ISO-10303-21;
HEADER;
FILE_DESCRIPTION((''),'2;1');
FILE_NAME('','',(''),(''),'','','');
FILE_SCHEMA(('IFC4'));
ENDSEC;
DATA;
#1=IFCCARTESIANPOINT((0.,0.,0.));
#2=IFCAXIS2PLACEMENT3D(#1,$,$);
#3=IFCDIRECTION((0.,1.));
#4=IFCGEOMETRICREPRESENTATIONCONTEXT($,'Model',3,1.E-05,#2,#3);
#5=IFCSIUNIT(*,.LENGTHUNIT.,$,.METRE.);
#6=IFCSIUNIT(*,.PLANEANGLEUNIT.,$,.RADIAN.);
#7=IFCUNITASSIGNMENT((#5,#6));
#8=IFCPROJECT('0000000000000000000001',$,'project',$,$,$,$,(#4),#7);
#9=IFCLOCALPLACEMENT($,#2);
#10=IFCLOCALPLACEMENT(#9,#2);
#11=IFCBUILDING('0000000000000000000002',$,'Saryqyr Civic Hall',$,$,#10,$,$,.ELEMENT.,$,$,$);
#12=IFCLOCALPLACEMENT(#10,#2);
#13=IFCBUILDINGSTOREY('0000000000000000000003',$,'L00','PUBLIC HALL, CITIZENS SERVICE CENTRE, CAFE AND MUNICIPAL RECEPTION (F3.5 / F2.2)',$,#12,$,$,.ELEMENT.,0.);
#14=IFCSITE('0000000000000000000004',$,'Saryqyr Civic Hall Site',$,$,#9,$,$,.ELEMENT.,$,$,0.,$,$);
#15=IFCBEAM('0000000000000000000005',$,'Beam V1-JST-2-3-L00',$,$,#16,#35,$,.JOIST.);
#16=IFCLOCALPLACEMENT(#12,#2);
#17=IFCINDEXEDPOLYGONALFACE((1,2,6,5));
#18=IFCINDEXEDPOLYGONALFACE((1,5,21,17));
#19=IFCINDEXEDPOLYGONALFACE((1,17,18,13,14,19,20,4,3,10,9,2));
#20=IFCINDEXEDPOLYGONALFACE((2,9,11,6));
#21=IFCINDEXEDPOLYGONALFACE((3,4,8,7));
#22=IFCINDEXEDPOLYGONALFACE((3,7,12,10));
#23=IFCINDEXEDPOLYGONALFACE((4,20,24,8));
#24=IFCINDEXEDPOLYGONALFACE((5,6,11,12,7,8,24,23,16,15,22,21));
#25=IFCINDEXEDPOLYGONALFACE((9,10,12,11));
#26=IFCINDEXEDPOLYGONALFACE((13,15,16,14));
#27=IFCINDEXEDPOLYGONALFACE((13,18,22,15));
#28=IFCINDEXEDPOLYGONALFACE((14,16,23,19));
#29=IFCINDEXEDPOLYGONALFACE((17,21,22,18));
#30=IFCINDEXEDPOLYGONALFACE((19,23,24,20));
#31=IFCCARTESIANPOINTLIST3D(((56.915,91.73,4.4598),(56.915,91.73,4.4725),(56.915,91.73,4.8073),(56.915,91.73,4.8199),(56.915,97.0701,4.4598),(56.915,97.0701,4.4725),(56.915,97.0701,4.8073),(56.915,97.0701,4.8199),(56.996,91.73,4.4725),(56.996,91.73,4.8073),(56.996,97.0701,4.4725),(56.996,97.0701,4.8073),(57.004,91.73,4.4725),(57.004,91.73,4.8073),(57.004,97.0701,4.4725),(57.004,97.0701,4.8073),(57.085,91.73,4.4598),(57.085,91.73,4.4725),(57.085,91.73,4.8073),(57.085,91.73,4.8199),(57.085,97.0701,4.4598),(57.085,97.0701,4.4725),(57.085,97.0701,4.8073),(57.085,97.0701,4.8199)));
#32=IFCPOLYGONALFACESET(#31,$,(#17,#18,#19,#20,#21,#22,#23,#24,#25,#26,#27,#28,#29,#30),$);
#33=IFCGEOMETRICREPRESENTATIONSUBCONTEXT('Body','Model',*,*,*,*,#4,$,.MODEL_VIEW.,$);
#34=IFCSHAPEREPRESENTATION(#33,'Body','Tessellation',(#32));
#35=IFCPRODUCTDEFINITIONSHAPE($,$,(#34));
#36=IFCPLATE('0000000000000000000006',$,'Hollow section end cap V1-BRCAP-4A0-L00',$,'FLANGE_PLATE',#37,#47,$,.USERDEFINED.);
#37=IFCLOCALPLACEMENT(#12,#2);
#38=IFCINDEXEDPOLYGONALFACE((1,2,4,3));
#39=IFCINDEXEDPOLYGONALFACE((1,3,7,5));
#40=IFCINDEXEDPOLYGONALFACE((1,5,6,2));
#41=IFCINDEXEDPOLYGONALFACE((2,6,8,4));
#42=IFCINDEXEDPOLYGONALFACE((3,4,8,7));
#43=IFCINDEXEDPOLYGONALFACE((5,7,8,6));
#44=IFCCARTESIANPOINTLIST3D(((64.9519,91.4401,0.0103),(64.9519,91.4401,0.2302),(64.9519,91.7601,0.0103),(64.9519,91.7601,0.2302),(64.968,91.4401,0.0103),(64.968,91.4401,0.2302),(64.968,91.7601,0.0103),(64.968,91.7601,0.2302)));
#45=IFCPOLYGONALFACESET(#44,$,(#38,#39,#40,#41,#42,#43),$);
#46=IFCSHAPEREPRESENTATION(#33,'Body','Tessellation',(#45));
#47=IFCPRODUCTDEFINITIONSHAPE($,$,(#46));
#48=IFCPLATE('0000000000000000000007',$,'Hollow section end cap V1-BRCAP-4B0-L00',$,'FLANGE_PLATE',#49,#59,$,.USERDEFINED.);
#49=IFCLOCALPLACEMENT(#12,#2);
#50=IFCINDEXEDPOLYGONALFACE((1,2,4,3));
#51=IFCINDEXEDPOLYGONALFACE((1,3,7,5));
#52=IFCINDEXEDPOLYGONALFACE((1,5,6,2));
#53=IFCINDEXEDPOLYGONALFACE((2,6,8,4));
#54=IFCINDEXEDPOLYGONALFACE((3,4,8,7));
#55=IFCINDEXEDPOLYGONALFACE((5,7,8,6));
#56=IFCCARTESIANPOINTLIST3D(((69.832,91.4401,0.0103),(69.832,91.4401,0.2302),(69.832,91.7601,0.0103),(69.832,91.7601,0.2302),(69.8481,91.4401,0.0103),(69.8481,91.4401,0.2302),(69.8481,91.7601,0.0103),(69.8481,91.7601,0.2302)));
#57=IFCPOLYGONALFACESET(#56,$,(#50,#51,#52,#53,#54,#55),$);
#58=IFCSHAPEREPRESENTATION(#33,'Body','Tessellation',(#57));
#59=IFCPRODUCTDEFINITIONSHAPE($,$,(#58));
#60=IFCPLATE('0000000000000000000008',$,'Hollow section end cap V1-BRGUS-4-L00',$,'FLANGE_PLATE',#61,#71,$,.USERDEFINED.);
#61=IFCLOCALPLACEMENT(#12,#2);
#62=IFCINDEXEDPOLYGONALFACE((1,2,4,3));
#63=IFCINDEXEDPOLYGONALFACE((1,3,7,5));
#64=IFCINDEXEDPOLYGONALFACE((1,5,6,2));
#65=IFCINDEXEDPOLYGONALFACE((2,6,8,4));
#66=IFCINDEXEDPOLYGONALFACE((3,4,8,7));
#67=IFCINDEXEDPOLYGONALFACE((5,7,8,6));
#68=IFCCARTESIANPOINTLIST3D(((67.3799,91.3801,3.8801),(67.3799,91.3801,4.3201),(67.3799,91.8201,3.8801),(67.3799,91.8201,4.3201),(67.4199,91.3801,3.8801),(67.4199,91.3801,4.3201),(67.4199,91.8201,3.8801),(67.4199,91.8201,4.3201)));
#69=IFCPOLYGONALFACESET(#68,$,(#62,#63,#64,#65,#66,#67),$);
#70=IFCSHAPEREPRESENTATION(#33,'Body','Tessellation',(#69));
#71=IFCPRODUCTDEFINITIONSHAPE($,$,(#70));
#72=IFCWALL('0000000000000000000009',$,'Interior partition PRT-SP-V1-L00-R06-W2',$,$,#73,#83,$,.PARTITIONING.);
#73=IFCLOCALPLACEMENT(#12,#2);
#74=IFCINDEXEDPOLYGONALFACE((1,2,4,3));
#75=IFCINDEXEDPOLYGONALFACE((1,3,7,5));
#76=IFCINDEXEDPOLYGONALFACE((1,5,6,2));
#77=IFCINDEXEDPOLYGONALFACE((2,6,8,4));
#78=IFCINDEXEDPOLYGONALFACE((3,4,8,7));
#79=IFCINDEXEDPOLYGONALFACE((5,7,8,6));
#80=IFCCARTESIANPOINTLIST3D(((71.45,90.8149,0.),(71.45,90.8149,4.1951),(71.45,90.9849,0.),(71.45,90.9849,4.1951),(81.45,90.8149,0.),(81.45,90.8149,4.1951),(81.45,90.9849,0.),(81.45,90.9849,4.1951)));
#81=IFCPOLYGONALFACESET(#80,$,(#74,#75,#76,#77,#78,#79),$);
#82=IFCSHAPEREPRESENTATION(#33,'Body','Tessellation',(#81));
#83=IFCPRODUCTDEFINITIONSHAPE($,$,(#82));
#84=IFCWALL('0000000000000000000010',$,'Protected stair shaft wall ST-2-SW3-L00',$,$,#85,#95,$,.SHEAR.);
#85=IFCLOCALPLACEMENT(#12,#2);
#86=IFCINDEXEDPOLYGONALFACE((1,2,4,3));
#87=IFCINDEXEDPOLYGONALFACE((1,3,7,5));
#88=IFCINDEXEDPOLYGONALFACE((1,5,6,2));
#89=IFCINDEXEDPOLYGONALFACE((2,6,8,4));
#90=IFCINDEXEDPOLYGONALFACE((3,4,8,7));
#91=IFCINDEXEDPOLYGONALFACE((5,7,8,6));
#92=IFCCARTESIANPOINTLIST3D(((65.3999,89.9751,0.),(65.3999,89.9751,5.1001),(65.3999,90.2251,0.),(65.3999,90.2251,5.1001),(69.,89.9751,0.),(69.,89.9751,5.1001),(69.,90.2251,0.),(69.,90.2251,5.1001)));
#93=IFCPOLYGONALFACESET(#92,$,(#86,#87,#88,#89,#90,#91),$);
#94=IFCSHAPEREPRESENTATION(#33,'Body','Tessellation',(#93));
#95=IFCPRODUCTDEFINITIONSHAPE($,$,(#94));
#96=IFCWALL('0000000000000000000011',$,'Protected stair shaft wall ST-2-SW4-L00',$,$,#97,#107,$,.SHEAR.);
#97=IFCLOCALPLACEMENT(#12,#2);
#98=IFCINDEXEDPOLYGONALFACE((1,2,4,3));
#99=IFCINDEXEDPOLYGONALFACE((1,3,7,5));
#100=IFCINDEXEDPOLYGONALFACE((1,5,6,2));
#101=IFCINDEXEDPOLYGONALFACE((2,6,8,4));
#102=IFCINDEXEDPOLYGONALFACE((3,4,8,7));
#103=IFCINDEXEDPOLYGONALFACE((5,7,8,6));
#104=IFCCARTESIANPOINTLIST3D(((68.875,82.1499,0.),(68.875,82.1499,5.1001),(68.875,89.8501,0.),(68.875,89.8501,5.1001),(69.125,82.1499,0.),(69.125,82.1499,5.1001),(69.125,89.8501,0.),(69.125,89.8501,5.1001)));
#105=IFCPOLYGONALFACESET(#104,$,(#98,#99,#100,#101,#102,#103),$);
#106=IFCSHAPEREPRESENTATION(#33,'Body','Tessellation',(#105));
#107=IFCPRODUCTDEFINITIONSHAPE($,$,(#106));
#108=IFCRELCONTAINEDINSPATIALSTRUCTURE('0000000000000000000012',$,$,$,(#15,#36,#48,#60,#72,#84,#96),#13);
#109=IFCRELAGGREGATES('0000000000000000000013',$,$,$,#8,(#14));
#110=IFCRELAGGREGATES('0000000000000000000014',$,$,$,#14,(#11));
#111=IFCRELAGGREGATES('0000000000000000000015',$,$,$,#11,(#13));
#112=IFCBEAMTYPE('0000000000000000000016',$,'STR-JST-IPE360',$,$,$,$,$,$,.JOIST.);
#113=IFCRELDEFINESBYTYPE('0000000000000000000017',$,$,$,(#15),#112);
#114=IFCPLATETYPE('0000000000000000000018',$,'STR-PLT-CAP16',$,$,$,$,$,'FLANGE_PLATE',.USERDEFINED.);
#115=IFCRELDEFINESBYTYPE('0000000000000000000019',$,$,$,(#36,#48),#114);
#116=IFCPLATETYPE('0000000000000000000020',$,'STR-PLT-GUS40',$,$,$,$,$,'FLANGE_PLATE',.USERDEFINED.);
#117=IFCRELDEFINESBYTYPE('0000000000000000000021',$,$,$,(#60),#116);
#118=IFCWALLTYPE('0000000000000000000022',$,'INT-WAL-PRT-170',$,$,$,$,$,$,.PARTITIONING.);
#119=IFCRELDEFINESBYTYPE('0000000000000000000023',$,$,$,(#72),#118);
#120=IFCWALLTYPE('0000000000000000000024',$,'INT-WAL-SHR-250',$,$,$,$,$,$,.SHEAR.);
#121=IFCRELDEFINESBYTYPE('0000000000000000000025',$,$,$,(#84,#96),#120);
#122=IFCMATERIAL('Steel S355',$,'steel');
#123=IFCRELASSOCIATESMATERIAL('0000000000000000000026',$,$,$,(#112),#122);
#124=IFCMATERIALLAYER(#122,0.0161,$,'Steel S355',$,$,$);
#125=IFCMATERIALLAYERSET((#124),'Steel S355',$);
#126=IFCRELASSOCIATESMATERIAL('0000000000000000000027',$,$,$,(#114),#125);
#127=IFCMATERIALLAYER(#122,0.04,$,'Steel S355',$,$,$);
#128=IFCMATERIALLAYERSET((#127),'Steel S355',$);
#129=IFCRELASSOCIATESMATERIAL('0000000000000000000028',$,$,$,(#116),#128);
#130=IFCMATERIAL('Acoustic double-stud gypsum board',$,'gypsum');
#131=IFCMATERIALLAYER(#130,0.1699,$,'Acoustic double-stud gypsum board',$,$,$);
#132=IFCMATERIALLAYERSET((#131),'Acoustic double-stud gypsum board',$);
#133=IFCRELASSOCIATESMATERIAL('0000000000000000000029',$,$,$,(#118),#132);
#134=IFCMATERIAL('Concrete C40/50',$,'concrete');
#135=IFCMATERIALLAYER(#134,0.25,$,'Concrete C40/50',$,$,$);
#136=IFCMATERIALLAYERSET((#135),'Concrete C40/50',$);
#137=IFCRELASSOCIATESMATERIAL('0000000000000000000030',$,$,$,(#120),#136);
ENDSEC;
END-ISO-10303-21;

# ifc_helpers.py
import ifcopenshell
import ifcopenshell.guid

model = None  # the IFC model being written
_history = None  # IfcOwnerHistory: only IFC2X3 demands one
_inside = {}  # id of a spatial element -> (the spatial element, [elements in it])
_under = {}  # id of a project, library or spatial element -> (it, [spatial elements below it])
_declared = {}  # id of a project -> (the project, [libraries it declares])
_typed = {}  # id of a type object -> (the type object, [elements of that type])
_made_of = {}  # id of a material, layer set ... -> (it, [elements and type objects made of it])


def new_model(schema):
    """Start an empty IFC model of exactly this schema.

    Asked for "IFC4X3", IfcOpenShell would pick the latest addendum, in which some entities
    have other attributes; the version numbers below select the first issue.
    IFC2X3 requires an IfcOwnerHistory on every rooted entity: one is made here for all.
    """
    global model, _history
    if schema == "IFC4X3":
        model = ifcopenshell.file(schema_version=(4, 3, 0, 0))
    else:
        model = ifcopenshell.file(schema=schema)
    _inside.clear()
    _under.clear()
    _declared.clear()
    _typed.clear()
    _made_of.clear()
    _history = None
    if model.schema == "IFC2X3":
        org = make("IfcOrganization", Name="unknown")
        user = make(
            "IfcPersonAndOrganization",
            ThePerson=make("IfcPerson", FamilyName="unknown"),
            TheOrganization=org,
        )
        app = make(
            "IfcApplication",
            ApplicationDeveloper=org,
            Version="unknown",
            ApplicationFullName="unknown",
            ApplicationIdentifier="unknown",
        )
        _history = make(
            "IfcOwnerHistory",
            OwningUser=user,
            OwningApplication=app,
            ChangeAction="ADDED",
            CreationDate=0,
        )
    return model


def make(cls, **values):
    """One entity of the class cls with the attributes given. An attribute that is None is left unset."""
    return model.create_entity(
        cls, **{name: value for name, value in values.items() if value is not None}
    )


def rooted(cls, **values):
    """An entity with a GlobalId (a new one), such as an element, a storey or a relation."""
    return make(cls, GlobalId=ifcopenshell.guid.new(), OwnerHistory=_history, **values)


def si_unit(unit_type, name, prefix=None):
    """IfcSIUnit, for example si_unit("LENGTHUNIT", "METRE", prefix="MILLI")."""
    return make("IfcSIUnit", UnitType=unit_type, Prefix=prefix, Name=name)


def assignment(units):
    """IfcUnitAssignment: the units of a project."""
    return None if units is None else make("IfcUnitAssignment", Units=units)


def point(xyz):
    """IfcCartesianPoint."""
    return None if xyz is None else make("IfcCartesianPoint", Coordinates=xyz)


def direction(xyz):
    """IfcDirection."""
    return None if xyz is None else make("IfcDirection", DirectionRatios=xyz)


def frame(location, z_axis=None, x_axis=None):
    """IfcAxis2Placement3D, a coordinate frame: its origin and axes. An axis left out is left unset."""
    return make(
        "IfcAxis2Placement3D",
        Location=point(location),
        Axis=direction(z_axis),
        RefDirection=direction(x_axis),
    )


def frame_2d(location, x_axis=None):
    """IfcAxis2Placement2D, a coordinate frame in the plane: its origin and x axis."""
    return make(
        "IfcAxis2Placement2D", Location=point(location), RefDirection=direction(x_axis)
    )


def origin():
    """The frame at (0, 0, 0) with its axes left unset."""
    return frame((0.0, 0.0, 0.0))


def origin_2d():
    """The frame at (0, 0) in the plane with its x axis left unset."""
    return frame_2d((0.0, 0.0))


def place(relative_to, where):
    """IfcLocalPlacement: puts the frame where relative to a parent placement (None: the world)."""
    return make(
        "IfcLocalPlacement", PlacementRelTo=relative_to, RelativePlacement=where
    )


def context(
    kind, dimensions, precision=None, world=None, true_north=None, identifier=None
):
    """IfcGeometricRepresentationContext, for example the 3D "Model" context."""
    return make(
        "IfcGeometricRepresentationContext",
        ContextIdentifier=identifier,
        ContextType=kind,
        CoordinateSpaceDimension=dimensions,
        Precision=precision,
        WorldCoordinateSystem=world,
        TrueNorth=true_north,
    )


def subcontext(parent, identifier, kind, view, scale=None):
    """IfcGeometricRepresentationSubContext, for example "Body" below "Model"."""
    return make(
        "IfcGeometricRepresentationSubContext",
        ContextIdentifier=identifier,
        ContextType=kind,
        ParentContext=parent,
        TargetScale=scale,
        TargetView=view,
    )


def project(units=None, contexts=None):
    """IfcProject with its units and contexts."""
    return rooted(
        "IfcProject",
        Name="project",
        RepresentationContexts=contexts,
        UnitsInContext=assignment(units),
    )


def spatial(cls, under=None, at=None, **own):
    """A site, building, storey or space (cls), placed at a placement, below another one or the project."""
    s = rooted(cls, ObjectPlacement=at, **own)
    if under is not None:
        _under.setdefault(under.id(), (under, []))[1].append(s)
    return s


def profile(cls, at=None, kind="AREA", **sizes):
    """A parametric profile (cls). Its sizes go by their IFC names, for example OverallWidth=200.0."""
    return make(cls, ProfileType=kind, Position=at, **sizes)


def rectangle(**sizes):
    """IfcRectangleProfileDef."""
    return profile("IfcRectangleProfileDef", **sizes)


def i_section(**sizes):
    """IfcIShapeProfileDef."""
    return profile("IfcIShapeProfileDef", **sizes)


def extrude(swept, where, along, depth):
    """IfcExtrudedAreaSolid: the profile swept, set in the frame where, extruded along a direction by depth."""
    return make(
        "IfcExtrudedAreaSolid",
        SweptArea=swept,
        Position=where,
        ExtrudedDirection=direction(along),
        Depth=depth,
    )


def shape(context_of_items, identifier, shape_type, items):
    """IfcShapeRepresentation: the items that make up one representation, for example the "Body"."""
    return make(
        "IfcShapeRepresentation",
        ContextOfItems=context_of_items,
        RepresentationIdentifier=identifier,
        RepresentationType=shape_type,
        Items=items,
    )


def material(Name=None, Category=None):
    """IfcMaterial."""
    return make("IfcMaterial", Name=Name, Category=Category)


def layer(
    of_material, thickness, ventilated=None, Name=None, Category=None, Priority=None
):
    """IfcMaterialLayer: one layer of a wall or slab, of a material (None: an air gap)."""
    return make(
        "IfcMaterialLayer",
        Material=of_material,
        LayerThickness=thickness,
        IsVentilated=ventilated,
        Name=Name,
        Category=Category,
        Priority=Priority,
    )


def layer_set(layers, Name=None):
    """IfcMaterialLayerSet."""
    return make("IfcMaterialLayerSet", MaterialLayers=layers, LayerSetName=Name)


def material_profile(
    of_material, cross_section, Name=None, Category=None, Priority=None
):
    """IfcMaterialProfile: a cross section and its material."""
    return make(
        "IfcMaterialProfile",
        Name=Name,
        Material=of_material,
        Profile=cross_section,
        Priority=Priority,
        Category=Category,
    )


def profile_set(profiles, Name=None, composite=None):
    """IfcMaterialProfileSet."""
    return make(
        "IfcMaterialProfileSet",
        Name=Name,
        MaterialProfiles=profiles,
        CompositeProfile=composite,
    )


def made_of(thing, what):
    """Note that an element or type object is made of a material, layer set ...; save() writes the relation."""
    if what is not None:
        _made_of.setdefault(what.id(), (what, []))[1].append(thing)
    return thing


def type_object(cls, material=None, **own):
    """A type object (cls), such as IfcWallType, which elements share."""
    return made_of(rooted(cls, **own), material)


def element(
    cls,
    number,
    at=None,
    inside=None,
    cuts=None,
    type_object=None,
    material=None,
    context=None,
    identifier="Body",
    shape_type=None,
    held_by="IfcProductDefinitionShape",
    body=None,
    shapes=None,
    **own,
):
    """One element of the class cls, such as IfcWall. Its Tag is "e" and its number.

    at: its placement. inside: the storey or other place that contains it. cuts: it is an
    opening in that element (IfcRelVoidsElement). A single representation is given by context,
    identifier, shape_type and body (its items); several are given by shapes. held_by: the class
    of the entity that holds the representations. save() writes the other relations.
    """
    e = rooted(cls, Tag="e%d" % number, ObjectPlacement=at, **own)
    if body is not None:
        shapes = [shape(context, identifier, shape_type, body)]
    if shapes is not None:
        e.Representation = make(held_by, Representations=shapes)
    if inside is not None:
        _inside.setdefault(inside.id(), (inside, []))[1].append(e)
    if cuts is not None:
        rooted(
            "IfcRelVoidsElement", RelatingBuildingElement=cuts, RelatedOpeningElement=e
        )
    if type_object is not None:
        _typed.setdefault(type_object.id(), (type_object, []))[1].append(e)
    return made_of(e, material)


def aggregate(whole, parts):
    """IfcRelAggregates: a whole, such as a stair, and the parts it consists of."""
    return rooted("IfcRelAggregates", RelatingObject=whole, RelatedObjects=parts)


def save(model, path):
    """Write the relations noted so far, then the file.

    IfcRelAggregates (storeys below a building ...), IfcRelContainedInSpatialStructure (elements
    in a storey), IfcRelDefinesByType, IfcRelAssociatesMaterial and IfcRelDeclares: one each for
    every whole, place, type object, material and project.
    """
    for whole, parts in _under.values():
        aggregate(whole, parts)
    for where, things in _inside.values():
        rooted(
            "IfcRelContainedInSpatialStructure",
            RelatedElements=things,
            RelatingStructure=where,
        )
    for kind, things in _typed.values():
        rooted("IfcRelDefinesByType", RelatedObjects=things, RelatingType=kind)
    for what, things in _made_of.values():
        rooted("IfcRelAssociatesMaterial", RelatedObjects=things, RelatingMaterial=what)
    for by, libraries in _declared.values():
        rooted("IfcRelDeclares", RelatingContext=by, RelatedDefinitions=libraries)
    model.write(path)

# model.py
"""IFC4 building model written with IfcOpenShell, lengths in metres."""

from ifc_helpers import new_model, si_unit, direction, frame, frame_2d, origin, origin_2d, place, context, subcontext, project, spatial, rectangle, i_section, extrude, material, layer, layer_set, material_profile, profile_set, type_object, element, save


model = new_model("IFC4")

# Units and contexts
model_context = context("Model", 3, precision=1e-05, world=origin(), true_north=direction((0.0, 1.0)))
body_context = subcontext(model_context, "Body", "Model", "MODEL_VIEW")
ifc_project = project(units=[si_unit("LENGTHUNIT", "METRE"), si_unit("PLANEANGLEUNIT", "RADIAN")], contexts=[model_context])

# Site, building, storey
site_placement = place(None, origin())
site = spatial("IfcSite", under=ifc_project, at=site_placement, Name="Saryqyr Civic Hall Site", CompositionType="ELEMENT", RefElevation=0.0)
building_placement = place(site_placement, origin())
building = spatial("IfcBuilding", under=site, at=building_placement, Name="Saryqyr Civic Hall", CompositionType="ELEMENT")
storey_placement = place(building_placement, origin())
storey = spatial("IfcBuildingStorey", under=building, at=storey_placement, Name="L00", Description="PUBLIC HALL, CITIZENS SERVICE CENTRE, CAFE AND MUNICIPAL RECEPTION (F3.5 / F2.2)", CompositionType="ELEMENT", Elevation=0.0)

# Shared definitions
ifc_material_1 = material(Name="Concrete C40/50", Category="concrete")

# Shared definitions
ifc_material_2 = material(Name="Steel S355", Category="steel")

# Beam
ifc_material_profile_1 = material_profile(ifc_material_2, i_section(OverallWidth=0.1699, OverallDepth=0.3601, WebThickness=0.0081, FlangeThickness=0.0127, at=origin_2d()), Name="IPE 360")
ifc_profile_set_1 = profile_set([ifc_material_profile_1], Name="Steel S355")
beam_type_1 = type_object("IfcBeamType", Name="STR-JST-IPE360", PredefinedType="JOIST", material=ifc_profile_set_1)
beam_1_placement = place(storey_placement, frame((57.0, 91.73, 4.6399), z_axis=(0.0, 1.0, 0.0), x_axis=(-1.0, 0.0, 0.0)))
element("IfcBeam", 1, at=beam_1_placement, inside=storey, type_object=beam_type_1, Name="Beam V1-JST-2-3-L00", PredefinedType="JOIST", context=body_context, shape_type="SweptSolid", body=[
    extrude(i_section(OverallWidth=0.1699, OverallDepth=0.3601, WebThickness=0.0081, FlangeThickness=0.0127, at=origin_2d()), origin(), (0.0, 0.0, 1.0), 5.3401),
])

# Plates
ifc_layer_1 = layer(ifc_material_2, 0.0161, Name="Steel S355")
ifc_layer_set_1 = layer_set([ifc_layer_1], Name="Steel S355")
plate_type_1 = type_object("IfcPlateType", Name="STR-PLT-CAP16", ElementType="FLANGE_PLATE", PredefinedType="USERDEFINED", material=ifc_layer_set_1)
for number, where, z_axis, x_axis, name in (
    (2, (64.96, 91.6001, 0.0103), (0.0, 0.0, 1.0), (1.0, 0.0, 0.0), "Hollow section end cap V1-BRCAP-4A0-L00"),
    (3, (69.8401, 91.6001, 0.0103), (0.0, 0.0, 1.0), (1.0, 0.0, 0.0), "Hollow section end cap V1-BRCAP-4B0-L00"),
):
    element("IfcPlate", number, at=place(storey_placement, frame(where, z_axis=z_axis, x_axis=x_axis)), inside=storey, type_object=plate_type_1, Name=name, ObjectType="FLANGE_PLATE", PredefinedType="USERDEFINED", context=body_context, shape_type="SweptSolid", body=[
        extrude(rectangle(XDim=0.0161, YDim=0.3201, at=origin_2d()), origin(), (0.0, 0.0, 1.0), 0.22),
    ])
ifc_layer_2 = layer(ifc_material_2, 0.04, Name="Steel S355")
ifc_layer_set_2 = layer_set([ifc_layer_2], Name="Steel S355")
plate_type_2 = type_object("IfcPlateType", Name="STR-PLT-GUS40", ElementType="FLANGE_PLATE", PredefinedType="USERDEFINED", material=ifc_layer_set_2)
plate_placement = place(storey_placement, frame((67.3999, 91.6001, 3.8801), z_axis=(0.0, 0.0, 1.0), x_axis=(1.0, 0.0, 0.0)))
element("IfcPlate", 4, at=plate_placement, inside=storey, type_object=plate_type_2, Name="Hollow section end cap V1-BRGUS-4-L00", ObjectType="FLANGE_PLATE", PredefinedType="USERDEFINED", context=body_context, shape_type="SweptSolid", body=[
    extrude(rectangle(XDim=0.04, YDim=0.4399, at=origin_2d()), origin(), (0.0, 0.0, 1.0), 0.4399),
])

# Walls
ifc_material_3 = material(Name="Acoustic double-stud gypsum board", Category="gypsum")
ifc_layer_3 = layer(ifc_material_3, 0.1699, Name="Acoustic double-stud gypsum board")
ifc_layer_set_3 = layer_set([ifc_layer_3], Name="Acoustic double-stud gypsum board")
wall_type_1 = type_object("IfcWallType", Name="INT-WAL-PRT-170", PredefinedType="PARTITIONING", material=ifc_layer_set_3)
wall_1_placement = place(storey_placement, frame((71.45, 90.8999, 0.0), z_axis=(0.0, 0.0, 1.0), x_axis=(1.0, 0.0, 0.0)))
element("IfcWall", 5, at=wall_1_placement, inside=storey, type_object=wall_type_1, Name="Interior partition PRT-SP-V1-L00-R06-W2", PredefinedType="PARTITIONING", context=body_context, shape_type="SweptSolid", body=[
    extrude(rectangle(XDim=10.0, YDim=0.1699, at=frame_2d((5.0, 0.0))), origin(), (0.0, 0.0, 1.0), 4.1951),
])
ifc_layer_4 = layer(ifc_material_1, 0.25, Name="Concrete C40/50")
ifc_layer_set_4 = layer_set([ifc_layer_4], Name="Concrete C40/50")
wall_type_2 = type_object("IfcWallType", Name="INT-WAL-SHR-250", PredefinedType="SHEAR", material=ifc_layer_set_4)
wall_2_placement = place(storey_placement, frame((65.3999, 90.1001, 0.0), z_axis=(0.0, 0.0, 1.0), x_axis=(1.0, 0.0, 0.0)))
element("IfcWall", 6, at=wall_2_placement, inside=storey, type_object=wall_type_2, Name="Protected stair shaft wall ST-2-SW3-L00", PredefinedType="SHEAR", context=body_context, shape_type="SweptSolid", body=[
    extrude(rectangle(XDim=3.6001, YDim=0.25, at=frame_2d((1.8, 0.0))), origin(), (0.0, 0.0, 1.0), 5.1001),
])
wall_3_placement = place(storey_placement, frame((69.0, 89.8501, 0.0), z_axis=(0.0, 0.0, 1.0), x_axis=(0.0, -1.0, 0.0)))
element("IfcWall", 7, at=wall_3_placement, inside=storey, type_object=wall_type_2, Name="Protected stair shaft wall ST-2-SW4-L00", PredefinedType="SHEAR", context=body_context, shape_type="SweptSolid", body=[
    extrude(rectangle(XDim=7.7002, YDim=0.25, at=frame_2d((3.8501, 0.0))), origin(), (0.0, 0.0, 1.0), 5.1001),
])

save(model, "model.ifc")
